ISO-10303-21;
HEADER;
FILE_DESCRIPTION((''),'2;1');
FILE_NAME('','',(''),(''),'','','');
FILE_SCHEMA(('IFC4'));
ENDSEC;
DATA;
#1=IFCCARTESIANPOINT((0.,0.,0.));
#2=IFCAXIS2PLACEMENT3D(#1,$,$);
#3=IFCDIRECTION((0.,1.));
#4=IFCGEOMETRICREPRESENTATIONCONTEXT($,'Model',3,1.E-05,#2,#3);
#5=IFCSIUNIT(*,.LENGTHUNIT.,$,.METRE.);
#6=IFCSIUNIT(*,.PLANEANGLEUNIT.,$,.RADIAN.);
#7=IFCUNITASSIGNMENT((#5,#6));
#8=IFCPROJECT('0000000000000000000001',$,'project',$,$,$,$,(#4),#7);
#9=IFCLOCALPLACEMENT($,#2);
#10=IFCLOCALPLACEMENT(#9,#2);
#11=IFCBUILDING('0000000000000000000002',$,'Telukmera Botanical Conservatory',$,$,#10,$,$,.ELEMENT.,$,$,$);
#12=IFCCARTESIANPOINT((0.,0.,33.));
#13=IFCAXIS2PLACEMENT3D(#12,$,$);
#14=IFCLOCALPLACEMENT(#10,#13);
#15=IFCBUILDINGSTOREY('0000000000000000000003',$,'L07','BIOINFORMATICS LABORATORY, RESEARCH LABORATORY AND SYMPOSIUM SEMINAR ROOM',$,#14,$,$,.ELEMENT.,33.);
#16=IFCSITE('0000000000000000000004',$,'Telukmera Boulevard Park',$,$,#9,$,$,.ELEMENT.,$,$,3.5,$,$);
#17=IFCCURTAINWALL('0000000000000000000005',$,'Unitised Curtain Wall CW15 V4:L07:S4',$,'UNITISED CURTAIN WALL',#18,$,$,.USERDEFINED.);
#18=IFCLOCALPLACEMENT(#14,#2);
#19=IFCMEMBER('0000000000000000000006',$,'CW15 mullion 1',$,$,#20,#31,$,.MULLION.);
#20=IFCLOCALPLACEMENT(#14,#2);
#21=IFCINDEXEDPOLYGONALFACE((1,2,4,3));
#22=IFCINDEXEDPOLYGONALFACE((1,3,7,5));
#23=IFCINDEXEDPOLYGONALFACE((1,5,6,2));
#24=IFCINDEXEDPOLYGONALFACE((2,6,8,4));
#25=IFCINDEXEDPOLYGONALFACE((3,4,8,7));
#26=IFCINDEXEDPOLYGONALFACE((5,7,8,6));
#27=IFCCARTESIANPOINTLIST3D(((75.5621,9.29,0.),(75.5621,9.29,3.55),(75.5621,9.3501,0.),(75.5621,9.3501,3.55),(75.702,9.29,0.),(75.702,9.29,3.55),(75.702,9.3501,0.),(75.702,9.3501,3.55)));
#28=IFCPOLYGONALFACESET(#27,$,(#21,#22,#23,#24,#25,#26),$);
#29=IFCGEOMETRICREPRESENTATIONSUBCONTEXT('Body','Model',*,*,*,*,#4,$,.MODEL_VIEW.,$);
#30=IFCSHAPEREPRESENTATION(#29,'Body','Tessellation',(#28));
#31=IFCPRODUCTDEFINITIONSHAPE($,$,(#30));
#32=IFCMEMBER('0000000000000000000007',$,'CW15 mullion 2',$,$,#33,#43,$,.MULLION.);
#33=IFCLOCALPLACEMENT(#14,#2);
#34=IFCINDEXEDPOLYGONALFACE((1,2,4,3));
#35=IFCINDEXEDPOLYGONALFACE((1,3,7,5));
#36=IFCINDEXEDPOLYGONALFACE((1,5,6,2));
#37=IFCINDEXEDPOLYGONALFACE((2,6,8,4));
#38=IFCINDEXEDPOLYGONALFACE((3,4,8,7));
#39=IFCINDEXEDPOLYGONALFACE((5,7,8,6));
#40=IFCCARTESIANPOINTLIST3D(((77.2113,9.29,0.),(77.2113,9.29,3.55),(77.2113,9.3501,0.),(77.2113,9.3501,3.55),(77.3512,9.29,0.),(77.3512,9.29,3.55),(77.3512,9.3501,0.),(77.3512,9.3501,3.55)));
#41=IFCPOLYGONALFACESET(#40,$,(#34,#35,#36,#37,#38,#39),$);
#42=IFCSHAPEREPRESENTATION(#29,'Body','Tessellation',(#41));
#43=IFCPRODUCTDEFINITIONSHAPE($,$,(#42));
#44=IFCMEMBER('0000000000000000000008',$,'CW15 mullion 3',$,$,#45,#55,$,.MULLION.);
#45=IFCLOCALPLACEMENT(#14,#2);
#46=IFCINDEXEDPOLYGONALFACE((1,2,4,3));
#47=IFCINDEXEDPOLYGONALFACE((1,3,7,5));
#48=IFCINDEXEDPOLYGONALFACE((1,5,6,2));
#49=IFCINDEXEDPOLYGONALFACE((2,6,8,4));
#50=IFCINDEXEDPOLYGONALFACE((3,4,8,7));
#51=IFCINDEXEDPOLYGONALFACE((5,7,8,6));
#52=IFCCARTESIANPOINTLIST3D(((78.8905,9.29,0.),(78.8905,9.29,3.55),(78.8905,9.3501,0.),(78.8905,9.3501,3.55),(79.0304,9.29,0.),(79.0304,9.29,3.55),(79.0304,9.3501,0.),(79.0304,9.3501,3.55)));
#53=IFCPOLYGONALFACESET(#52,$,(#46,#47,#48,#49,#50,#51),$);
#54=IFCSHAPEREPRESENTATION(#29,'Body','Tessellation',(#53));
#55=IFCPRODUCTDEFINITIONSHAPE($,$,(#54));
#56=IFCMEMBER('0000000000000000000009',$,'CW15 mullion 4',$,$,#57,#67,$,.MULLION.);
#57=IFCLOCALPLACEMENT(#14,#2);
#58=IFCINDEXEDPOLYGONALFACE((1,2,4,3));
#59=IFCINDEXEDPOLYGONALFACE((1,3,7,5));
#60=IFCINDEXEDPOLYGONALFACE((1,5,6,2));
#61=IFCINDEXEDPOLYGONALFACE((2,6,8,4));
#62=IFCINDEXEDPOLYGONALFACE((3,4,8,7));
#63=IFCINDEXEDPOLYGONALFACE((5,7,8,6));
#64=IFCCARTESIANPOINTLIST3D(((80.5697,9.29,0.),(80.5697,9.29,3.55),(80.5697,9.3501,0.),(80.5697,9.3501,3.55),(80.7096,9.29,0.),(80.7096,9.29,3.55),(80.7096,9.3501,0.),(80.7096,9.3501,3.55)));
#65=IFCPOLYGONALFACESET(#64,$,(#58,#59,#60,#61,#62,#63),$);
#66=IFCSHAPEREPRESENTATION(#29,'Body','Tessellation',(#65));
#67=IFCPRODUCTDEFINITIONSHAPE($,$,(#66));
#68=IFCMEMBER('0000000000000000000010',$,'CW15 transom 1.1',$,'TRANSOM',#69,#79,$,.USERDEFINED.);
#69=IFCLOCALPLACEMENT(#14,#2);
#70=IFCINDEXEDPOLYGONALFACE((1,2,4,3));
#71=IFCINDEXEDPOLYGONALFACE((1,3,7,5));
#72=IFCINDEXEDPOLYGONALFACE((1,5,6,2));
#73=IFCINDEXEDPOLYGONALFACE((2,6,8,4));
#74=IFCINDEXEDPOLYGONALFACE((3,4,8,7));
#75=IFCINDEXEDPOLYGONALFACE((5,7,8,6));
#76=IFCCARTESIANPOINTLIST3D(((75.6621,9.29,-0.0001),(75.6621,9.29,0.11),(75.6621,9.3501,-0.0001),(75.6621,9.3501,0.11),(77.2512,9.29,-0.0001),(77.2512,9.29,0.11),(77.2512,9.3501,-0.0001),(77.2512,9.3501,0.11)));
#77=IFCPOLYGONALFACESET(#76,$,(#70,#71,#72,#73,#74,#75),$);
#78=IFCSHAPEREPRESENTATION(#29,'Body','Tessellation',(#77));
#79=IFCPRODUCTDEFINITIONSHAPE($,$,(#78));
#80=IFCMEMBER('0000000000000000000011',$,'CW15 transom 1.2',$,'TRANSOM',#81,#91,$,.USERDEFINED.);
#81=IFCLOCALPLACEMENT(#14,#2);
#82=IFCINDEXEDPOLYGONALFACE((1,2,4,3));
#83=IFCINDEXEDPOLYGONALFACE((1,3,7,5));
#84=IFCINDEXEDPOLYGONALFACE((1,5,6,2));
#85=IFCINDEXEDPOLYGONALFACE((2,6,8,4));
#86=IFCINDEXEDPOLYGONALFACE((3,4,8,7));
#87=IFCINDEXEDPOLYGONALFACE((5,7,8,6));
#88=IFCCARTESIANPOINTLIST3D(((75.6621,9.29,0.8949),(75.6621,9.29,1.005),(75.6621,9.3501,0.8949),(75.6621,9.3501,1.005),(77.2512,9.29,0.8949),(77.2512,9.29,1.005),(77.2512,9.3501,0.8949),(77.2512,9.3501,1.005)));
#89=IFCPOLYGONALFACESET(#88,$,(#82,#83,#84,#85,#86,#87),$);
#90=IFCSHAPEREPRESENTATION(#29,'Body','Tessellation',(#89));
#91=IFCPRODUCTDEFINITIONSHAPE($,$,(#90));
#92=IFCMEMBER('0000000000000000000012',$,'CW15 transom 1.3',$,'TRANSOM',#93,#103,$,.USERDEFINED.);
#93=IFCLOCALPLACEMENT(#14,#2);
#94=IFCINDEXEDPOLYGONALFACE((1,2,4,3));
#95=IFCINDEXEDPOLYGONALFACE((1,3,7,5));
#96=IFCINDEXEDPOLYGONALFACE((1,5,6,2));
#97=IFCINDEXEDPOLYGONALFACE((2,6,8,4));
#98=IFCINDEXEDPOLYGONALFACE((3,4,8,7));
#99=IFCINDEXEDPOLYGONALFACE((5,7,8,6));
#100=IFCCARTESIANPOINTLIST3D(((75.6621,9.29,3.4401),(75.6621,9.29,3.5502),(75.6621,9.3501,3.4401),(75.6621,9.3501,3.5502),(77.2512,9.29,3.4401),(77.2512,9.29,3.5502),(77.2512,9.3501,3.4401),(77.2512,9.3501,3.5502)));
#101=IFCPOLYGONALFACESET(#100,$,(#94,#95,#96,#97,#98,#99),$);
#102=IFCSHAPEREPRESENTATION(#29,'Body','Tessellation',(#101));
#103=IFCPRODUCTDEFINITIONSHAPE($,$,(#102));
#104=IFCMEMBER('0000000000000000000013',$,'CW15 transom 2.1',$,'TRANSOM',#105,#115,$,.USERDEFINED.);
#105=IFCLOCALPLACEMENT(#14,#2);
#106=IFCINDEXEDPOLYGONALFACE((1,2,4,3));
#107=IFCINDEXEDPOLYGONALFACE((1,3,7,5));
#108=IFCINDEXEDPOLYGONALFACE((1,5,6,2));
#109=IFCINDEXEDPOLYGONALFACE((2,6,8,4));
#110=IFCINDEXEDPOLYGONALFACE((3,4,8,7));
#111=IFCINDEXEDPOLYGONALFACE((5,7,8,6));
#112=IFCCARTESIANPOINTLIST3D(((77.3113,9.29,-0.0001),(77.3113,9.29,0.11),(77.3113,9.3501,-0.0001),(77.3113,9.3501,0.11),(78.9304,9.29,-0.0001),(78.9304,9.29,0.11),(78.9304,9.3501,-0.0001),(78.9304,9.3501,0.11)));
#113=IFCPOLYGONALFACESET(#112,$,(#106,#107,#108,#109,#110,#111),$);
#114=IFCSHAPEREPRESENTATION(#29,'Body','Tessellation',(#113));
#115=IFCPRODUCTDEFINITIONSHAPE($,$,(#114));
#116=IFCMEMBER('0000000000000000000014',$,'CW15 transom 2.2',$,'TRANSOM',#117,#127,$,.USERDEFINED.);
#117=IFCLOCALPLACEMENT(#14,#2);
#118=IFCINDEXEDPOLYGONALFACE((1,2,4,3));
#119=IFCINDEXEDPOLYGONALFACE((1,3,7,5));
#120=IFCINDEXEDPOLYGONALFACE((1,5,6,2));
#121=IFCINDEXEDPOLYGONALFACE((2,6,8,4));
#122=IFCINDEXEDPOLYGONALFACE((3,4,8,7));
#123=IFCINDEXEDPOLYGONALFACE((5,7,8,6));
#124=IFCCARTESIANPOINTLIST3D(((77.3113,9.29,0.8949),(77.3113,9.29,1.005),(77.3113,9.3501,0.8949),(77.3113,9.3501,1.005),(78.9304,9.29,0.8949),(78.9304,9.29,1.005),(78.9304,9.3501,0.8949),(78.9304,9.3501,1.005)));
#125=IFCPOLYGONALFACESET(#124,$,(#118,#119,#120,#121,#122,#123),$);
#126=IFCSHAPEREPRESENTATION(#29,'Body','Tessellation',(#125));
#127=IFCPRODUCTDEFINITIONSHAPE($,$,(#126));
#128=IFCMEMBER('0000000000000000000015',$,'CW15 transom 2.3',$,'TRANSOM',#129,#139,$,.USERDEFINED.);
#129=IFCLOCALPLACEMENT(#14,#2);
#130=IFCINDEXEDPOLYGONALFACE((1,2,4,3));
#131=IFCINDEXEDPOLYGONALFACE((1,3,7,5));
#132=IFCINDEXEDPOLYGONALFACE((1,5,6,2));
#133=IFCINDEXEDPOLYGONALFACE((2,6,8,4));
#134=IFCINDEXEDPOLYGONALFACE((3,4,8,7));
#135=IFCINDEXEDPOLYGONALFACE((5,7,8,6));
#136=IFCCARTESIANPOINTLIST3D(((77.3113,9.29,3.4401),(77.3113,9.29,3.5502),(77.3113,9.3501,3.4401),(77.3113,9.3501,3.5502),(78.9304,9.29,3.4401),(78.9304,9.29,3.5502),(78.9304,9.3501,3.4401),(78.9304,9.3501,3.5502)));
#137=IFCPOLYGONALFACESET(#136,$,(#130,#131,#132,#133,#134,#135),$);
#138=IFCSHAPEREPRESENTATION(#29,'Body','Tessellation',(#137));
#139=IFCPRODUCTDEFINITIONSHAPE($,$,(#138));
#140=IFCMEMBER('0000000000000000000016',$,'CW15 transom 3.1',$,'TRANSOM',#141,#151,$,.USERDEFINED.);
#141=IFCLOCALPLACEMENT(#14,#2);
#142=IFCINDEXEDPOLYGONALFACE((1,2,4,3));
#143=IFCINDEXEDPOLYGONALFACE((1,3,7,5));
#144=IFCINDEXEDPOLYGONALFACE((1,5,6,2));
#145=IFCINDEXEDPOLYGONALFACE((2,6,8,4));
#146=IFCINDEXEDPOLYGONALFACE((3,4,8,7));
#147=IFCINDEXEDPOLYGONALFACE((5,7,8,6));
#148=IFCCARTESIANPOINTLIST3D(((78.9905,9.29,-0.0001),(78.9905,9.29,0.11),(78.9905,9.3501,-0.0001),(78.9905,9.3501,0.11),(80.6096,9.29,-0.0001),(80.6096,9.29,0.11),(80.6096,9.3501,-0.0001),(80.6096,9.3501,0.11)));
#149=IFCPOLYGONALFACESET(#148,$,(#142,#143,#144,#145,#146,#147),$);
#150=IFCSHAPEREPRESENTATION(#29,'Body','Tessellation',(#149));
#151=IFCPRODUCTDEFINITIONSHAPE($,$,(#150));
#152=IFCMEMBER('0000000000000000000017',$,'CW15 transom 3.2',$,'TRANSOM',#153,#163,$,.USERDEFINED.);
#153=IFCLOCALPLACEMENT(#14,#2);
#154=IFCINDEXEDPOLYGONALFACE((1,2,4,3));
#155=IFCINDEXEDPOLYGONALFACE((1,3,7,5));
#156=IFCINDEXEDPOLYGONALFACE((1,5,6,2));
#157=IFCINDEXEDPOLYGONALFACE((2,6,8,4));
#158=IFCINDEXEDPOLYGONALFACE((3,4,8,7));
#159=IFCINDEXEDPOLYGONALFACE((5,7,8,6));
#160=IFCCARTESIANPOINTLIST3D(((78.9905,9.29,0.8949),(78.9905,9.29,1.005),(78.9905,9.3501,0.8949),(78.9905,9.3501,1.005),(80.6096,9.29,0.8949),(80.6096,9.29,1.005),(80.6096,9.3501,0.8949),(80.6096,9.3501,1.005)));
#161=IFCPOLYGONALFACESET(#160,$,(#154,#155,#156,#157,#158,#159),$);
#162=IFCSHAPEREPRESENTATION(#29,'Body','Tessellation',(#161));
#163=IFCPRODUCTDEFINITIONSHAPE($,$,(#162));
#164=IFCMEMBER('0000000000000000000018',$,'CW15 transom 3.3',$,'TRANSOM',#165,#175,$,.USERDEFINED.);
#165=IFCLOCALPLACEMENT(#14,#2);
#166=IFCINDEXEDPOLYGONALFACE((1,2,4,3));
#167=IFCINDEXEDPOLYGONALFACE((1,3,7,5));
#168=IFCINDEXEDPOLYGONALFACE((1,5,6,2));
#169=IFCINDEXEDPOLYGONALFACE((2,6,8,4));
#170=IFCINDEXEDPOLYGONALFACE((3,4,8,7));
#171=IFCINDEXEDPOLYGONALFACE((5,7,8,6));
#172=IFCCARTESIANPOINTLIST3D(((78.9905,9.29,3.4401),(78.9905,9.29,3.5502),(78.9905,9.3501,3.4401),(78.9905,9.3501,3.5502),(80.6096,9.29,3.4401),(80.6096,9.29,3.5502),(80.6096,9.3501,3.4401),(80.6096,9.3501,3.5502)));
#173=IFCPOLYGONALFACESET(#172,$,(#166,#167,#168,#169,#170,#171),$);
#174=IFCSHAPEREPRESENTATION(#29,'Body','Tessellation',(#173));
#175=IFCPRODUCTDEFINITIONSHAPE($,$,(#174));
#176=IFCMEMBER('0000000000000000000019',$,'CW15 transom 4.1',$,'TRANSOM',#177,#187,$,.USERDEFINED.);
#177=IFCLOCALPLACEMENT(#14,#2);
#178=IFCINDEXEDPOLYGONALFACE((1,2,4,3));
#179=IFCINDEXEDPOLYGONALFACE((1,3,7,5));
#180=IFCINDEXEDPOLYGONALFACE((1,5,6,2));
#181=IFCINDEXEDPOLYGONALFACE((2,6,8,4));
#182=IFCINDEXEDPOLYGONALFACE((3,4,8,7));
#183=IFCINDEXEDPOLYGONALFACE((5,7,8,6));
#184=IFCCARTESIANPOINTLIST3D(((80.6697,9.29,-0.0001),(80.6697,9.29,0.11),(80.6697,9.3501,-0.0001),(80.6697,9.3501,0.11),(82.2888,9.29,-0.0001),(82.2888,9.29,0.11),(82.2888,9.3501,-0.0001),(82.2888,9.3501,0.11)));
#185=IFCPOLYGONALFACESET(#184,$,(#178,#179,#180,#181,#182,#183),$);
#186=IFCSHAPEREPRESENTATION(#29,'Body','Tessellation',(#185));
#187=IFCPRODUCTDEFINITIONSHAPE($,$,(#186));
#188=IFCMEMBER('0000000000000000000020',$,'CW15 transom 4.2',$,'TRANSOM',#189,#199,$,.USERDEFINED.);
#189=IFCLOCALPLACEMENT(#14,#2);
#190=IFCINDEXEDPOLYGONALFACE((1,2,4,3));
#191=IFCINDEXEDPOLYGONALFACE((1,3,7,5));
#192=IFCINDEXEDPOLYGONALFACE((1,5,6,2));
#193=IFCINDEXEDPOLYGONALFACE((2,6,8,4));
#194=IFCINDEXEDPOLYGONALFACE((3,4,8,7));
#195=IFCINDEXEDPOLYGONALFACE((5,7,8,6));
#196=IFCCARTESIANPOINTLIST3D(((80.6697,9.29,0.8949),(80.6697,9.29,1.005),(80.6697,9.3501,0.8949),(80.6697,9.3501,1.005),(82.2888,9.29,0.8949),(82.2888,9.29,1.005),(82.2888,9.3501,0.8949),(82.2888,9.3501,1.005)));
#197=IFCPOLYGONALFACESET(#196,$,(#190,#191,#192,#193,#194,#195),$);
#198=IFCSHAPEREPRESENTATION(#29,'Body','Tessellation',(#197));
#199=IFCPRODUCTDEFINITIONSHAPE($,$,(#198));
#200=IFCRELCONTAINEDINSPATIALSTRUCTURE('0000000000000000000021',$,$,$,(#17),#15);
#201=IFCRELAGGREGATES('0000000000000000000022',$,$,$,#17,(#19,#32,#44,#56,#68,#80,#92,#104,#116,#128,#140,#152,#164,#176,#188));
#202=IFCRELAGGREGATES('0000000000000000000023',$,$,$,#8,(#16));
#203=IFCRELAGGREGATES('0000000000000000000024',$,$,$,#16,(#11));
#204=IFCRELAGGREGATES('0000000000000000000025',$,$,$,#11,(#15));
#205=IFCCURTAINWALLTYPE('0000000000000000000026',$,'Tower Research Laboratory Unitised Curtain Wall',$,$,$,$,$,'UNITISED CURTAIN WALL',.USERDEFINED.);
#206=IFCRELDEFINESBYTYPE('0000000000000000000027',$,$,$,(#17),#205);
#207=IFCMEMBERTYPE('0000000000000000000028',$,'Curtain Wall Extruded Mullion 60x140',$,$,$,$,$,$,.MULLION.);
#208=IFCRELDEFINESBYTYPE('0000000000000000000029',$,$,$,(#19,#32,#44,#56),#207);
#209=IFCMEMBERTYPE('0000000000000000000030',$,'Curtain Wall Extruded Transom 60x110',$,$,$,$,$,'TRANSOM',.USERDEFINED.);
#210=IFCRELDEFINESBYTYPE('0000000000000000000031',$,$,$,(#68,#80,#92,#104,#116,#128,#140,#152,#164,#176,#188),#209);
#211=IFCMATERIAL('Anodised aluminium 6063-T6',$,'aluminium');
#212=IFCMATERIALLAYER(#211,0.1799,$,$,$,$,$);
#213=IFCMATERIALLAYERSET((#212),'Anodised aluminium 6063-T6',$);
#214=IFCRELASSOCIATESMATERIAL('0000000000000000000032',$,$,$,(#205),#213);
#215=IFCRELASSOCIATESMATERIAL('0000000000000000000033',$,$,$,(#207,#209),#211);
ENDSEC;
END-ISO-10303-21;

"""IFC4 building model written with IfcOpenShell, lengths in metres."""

from ifc_helpers import new_model, si_unit, direction, frame, origin, origin_2d, place, context, subcontext, project, spatial, rectangle, extrude, material, layer, layer_set, material_profile, profile_set, type_object, element, aggregate, save


model = new_model("IFC4")

# Units and contexts
model_context = context("Model", 3, precision=1e-05, world=origin(), true_north=direction((0.0, 1.0)))
body_context = subcontext(model_context, "Body", "Model", "MODEL_VIEW")
ifc_project = project(units=[si_unit("LENGTHUNIT", "METRE"), si_unit("PLANEANGLEUNIT", "RADIAN")], contexts=[model_context])

# Site, building, storey
site_placement = place(None, origin())
site = spatial("IfcSite", under=ifc_project, at=site_placement, Name="Telukmera Boulevard Park", CompositionType="ELEMENT", RefElevation=3.5)
building_placement = place(site_placement, origin())
building = spatial("IfcBuilding", under=site, at=building_placement, Name="Telukmera Botanical Conservatory", CompositionType="ELEMENT")
storey_placement = place(building_placement, frame((0.0, 0.0, 33.0)))
storey = spatial("IfcBuildingStorey", under=building, at=storey_placement, Name="L07", Description="BIOINFORMATICS LABORATORY, RESEARCH LABORATORY AND SYMPOSIUM SEMINAR ROOM", CompositionType="ELEMENT", Elevation=33.0)

# Curtain wall, members
ifc_material_1 = material(Name="Anodised aluminium 6063-T6", Category="aluminium")
ifc_layer_1 = layer(ifc_material_1, 0.1799)
ifc_layer_set_1 = layer_set([ifc_layer_1], Name="Anodised aluminium 6063-T6")
curtain_wall_type = type_object("IfcCurtainWallType", Name="Tower Research Laboratory Unitised Curtain Wall", ElementType="UNITISED CURTAIN WALL", PredefinedType="USERDEFINED", material=ifc_layer_set_1)
curtain_wall_placement = place(storey_placement, origin())
curtain_wall = element("IfcCurtainWall", 1, at=curtain_wall_placement, inside=storey, type_object=curtain_wall_type, Name="Unitised Curtain Wall CW15 V4:L07:S4", ObjectType="UNITISED CURTAIN WALL", PredefinedType="USERDEFINED")
ifc_material_profile_1 = material_profile(ifc_material_1, rectangle(XDim=0.0601, YDim=0.1399, at=origin_2d()), Name="ALU MULL 60x140")
ifc_profile_set_1 = profile_set([ifc_material_profile_1], Name="Anodised aluminium 6063-T6")
member_type_1 = type_object("IfcMemberType", Name="Curtain Wall Extruded Mullion 60x140", PredefinedType="MULLION", material=ifc_profile_set_1)
member_1_placement = place(storey_placement, frame((75.6321, 9.3201, 0.0), z_axis=(0.0, 0.0, 1.0), x_axis=(0.0, 1.0, 0.0)))
member_1 = element("IfcMember", 2, at=member_1_placement, type_object=member_type_1, Name="CW15 mullion 1", PredefinedType="MULLION", context=body_context, shape_type="SweptSolid", body=[
    extrude(rectangle(XDim=0.0601, YDim=0.1399, at=origin_2d()), origin(), (0.0, 0.0, 1.0), 3.55),
])
member_2_placement = place(storey_placement, frame((77.2812, 9.3201, 0.0), z_axis=(0.0, 0.0, 1.0), x_axis=(0.0, 1.0, 0.0)))
member_2 = element("IfcMember", 3, at=member_2_placement, type_object=member_type_1, Name="CW15 mullion 2", PredefinedType="MULLION", context=body_context, shape_type="SweptSolid", body=[
    extrude(rectangle(XDim=0.0601, YDim=0.1399, at=origin_2d()), origin(), (0.0, 0.0, 1.0), 3.55),
])
member_3_placement = place(storey_placement, frame((78.9604, 9.3201, 0.0), z_axis=(0.0, 0.0, 1.0), x_axis=(0.0, 1.0, 0.0)))
member_3 = element("IfcMember", 4, at=member_3_placement, type_object=member_type_1, Name="CW15 mullion 3", PredefinedType="MULLION", context=body_context, shape_type="SweptSolid", body=[
    extrude(rectangle(XDim=0.0601, YDim=0.1399, at=origin_2d()), origin(), (0.0, 0.0, 1.0), 3.55),
])
member_4_placement = place(storey_placement, frame((80.6396, 9.3201, 0.0), z_axis=(0.0, 0.0, 1.0), x_axis=(0.0, 1.0, 0.0)))
member_4 = element("IfcMember", 5, at=member_4_placement, type_object=member_type_1, Name="CW15 mullion 4", PredefinedType="MULLION", context=body_context, shape_type="SweptSolid", body=[
    extrude(rectangle(XDim=0.0601, YDim=0.1399, at=origin_2d()), origin(), (0.0, 0.0, 1.0), 3.55),
])
ifc_material_profile_2 = material_profile(ifc_material_1, rectangle(XDim=0.0601, YDim=0.1101, at=origin_2d()), Name="ALU TRAN 60x110")
ifc_profile_set_2 = profile_set([ifc_material_profile_2], Name="Anodised aluminium 6063-T6")
member_type_2 = type_object("IfcMemberType", Name="Curtain Wall Extruded Transom 60x110", ElementType="TRANSOM", PredefinedType="USERDEFINED", material=ifc_profile_set_2)
member_5_placement = place(storey_placement, frame((75.6621, 9.3201, 0.0549), z_axis=(1.0, 0.0, 0.0), x_axis=(0.0, 1.0, 0.0)))
member_5 = element("IfcMember", 6, at=member_5_placement, type_object=member_type_2, Name="CW15 transom 1.1", ObjectType="TRANSOM", PredefinedType="USERDEFINED", context=body_context, shape_type="SweptSolid", body=[
    extrude(rectangle(XDim=0.0601, YDim=0.1101, at=origin_2d()), origin(), (0.0, 0.0, 1.0), 1.5891),
])
member_6_placement = place(storey_placement, frame((75.6621, 9.3201, 0.95), z_axis=(1.0, 0.0, 0.0), x_axis=(0.0, 1.0, 0.0)))
member_6 = element("IfcMember", 7, at=member_6_placement, type_object=member_type_2, Name="CW15 transom 1.2", ObjectType="TRANSOM", PredefinedType="USERDEFINED", context=body_context, shape_type="SweptSolid", body=[
    extrude(rectangle(XDim=0.0601, YDim=0.1101, at=origin_2d()), origin(), (0.0, 0.0, 1.0), 1.5891),
])
member_7_placement = place(storey_placement, frame((75.6621, 9.3201, 3.4951), z_axis=(1.0, 0.0, 0.0), x_axis=(0.0, 1.0, 0.0)))
member_7 = element("IfcMember", 8, at=member_7_placement, type_object=member_type_2, Name="CW15 transom 1.3", ObjectType="TRANSOM", PredefinedType="USERDEFINED", context=body_context, shape_type="SweptSolid", body=[
    extrude(rectangle(XDim=0.0601, YDim=0.1101, at=origin_2d()), origin(), (0.0, 0.0, 1.0), 1.5891),
])
member_8_placement = place(storey_placement, frame((77.3113, 9.3201, 0.0549), z_axis=(1.0, 0.0, 0.0), x_axis=(0.0, 1.0, 0.0)))
member_8 = element("IfcMember", 9, at=member_8_placement, type_object=member_type_2, Name="CW15 transom 2.1", ObjectType="TRANSOM", PredefinedType="USERDEFINED", context=body_context, shape_type="SweptSolid", body=[
    extrude(rectangle(XDim=0.0601, YDim=0.1101, at=origin_2d()), origin(), (0.0, 0.0, 1.0), 1.6191),
])
member_9_placement = place(storey_placement, frame((77.3113, 9.3201, 0.95), z_axis=(1.0, 0.0, 0.0), x_axis=(0.0, 1.0, 0.0)))
member_9 = element("IfcMember", 10, at=member_9_placement, type_object=member_type_2, Name="CW15 transom 2.2", ObjectType="TRANSOM", PredefinedType="USERDEFINED", context=body_context, shape_type="SweptSolid", body=[
    extrude(rectangle(XDim=0.0601, YDim=0.1101, at=origin_2d()), origin(), (0.0, 0.0, 1.0), 1.6191),
])
member_10_placement = place(storey_placement, frame((77.3113, 9.3201, 3.4951), z_axis=(1.0, 0.0, 0.0), x_axis=(0.0, 1.0, 0.0)))
member_10 = element("IfcMember", 11, at=member_10_placement, type_object=member_type_2, Name="CW15 transom 2.3", ObjectType="TRANSOM", PredefinedType="USERDEFINED", context=body_context, shape_type="SweptSolid", body=[
    extrude(rectangle(XDim=0.0601, YDim=0.1101, at=origin_2d()), origin(), (0.0, 0.0, 1.0), 1.6191),
])
member_11_placement = place(storey_placement, frame((78.9905, 9.3201, 0.0549), z_axis=(1.0, 0.0, 0.0), x_axis=(0.0, 1.0, 0.0)))
member_11 = element("IfcMember", 12, at=member_11_placement, type_object=member_type_2, Name="CW15 transom 3.1", ObjectType="TRANSOM", PredefinedType="USERDEFINED", context=body_context, shape_type="SweptSolid", body=[
    extrude(rectangle(XDim=0.0601, YDim=0.1101, at=origin_2d()), origin(), (0.0, 0.0, 1.0), 1.6191),
])
member_12_placement = place(storey_placement, frame((78.9905, 9.3201, 0.95), z_axis=(1.0, 0.0, 0.0), x_axis=(0.0, 1.0, 0.0)))
member_12 = element("IfcMember", 13, at=member_12_placement, type_object=member_type_2, Name="CW15 transom 3.2", ObjectType="TRANSOM", PredefinedType="USERDEFINED", context=body_context, shape_type="SweptSolid", body=[
    extrude(rectangle(XDim=0.0601, YDim=0.1101, at=origin_2d()), origin(), (0.0, 0.0, 1.0), 1.6191),
])
member_13_placement = place(storey_placement, frame((78.9905, 9.3201, 3.4951), z_axis=(1.0, 0.0, 0.0), x_axis=(0.0, 1.0, 0.0)))
member_13 = element("IfcMember", 14, at=member_13_placement, type_object=member_type_2, Name="CW15 transom 3.3", ObjectType="TRANSOM", PredefinedType="USERDEFINED", context=body_context, shape_type="SweptSolid", body=[
    extrude(rectangle(XDim=0.0601, YDim=0.1101, at=origin_2d()), origin(), (0.0, 0.0, 1.0), 1.6191),
])
member_14_placement = place(storey_placement, frame((80.6697, 9.3201, 0.0549), z_axis=(1.0, 0.0, 0.0), x_axis=(0.0, 1.0, 0.0)))
member_14 = element("IfcMember", 15, at=member_14_placement, type_object=member_type_2, Name="CW15 transom 4.1", ObjectType="TRANSOM", PredefinedType="USERDEFINED", context=body_context, shape_type="SweptSolid", body=[
    extrude(rectangle(XDim=0.0601, YDim=0.1101, at=origin_2d()), origin(), (0.0, 0.0, 1.0), 1.6191),
])
member_15_placement = place(storey_placement, frame((80.6697, 9.3201, 0.95), z_axis=(1.0, 0.0, 0.0), x_axis=(0.0, 1.0, 0.0)))
member_15 = element("IfcMember", 16, at=member_15_placement, type_object=member_type_2, Name="CW15 transom 4.2", ObjectType="TRANSOM", PredefinedType="USERDEFINED", context=body_context, shape_type="SweptSolid", body=[
    extrude(rectangle(XDim=0.0601, YDim=0.1101, at=origin_2d()), origin(), (0.0, 0.0, 1.0), 1.6191),
])
aggregate(curtain_wall, [member_1, member_2, member_3, member_4, member_5, member_6, member_7, member_8, member_9, member_10, member_11, member_12, member_13, member_14, member_15])

save(model, "model.ifc")
